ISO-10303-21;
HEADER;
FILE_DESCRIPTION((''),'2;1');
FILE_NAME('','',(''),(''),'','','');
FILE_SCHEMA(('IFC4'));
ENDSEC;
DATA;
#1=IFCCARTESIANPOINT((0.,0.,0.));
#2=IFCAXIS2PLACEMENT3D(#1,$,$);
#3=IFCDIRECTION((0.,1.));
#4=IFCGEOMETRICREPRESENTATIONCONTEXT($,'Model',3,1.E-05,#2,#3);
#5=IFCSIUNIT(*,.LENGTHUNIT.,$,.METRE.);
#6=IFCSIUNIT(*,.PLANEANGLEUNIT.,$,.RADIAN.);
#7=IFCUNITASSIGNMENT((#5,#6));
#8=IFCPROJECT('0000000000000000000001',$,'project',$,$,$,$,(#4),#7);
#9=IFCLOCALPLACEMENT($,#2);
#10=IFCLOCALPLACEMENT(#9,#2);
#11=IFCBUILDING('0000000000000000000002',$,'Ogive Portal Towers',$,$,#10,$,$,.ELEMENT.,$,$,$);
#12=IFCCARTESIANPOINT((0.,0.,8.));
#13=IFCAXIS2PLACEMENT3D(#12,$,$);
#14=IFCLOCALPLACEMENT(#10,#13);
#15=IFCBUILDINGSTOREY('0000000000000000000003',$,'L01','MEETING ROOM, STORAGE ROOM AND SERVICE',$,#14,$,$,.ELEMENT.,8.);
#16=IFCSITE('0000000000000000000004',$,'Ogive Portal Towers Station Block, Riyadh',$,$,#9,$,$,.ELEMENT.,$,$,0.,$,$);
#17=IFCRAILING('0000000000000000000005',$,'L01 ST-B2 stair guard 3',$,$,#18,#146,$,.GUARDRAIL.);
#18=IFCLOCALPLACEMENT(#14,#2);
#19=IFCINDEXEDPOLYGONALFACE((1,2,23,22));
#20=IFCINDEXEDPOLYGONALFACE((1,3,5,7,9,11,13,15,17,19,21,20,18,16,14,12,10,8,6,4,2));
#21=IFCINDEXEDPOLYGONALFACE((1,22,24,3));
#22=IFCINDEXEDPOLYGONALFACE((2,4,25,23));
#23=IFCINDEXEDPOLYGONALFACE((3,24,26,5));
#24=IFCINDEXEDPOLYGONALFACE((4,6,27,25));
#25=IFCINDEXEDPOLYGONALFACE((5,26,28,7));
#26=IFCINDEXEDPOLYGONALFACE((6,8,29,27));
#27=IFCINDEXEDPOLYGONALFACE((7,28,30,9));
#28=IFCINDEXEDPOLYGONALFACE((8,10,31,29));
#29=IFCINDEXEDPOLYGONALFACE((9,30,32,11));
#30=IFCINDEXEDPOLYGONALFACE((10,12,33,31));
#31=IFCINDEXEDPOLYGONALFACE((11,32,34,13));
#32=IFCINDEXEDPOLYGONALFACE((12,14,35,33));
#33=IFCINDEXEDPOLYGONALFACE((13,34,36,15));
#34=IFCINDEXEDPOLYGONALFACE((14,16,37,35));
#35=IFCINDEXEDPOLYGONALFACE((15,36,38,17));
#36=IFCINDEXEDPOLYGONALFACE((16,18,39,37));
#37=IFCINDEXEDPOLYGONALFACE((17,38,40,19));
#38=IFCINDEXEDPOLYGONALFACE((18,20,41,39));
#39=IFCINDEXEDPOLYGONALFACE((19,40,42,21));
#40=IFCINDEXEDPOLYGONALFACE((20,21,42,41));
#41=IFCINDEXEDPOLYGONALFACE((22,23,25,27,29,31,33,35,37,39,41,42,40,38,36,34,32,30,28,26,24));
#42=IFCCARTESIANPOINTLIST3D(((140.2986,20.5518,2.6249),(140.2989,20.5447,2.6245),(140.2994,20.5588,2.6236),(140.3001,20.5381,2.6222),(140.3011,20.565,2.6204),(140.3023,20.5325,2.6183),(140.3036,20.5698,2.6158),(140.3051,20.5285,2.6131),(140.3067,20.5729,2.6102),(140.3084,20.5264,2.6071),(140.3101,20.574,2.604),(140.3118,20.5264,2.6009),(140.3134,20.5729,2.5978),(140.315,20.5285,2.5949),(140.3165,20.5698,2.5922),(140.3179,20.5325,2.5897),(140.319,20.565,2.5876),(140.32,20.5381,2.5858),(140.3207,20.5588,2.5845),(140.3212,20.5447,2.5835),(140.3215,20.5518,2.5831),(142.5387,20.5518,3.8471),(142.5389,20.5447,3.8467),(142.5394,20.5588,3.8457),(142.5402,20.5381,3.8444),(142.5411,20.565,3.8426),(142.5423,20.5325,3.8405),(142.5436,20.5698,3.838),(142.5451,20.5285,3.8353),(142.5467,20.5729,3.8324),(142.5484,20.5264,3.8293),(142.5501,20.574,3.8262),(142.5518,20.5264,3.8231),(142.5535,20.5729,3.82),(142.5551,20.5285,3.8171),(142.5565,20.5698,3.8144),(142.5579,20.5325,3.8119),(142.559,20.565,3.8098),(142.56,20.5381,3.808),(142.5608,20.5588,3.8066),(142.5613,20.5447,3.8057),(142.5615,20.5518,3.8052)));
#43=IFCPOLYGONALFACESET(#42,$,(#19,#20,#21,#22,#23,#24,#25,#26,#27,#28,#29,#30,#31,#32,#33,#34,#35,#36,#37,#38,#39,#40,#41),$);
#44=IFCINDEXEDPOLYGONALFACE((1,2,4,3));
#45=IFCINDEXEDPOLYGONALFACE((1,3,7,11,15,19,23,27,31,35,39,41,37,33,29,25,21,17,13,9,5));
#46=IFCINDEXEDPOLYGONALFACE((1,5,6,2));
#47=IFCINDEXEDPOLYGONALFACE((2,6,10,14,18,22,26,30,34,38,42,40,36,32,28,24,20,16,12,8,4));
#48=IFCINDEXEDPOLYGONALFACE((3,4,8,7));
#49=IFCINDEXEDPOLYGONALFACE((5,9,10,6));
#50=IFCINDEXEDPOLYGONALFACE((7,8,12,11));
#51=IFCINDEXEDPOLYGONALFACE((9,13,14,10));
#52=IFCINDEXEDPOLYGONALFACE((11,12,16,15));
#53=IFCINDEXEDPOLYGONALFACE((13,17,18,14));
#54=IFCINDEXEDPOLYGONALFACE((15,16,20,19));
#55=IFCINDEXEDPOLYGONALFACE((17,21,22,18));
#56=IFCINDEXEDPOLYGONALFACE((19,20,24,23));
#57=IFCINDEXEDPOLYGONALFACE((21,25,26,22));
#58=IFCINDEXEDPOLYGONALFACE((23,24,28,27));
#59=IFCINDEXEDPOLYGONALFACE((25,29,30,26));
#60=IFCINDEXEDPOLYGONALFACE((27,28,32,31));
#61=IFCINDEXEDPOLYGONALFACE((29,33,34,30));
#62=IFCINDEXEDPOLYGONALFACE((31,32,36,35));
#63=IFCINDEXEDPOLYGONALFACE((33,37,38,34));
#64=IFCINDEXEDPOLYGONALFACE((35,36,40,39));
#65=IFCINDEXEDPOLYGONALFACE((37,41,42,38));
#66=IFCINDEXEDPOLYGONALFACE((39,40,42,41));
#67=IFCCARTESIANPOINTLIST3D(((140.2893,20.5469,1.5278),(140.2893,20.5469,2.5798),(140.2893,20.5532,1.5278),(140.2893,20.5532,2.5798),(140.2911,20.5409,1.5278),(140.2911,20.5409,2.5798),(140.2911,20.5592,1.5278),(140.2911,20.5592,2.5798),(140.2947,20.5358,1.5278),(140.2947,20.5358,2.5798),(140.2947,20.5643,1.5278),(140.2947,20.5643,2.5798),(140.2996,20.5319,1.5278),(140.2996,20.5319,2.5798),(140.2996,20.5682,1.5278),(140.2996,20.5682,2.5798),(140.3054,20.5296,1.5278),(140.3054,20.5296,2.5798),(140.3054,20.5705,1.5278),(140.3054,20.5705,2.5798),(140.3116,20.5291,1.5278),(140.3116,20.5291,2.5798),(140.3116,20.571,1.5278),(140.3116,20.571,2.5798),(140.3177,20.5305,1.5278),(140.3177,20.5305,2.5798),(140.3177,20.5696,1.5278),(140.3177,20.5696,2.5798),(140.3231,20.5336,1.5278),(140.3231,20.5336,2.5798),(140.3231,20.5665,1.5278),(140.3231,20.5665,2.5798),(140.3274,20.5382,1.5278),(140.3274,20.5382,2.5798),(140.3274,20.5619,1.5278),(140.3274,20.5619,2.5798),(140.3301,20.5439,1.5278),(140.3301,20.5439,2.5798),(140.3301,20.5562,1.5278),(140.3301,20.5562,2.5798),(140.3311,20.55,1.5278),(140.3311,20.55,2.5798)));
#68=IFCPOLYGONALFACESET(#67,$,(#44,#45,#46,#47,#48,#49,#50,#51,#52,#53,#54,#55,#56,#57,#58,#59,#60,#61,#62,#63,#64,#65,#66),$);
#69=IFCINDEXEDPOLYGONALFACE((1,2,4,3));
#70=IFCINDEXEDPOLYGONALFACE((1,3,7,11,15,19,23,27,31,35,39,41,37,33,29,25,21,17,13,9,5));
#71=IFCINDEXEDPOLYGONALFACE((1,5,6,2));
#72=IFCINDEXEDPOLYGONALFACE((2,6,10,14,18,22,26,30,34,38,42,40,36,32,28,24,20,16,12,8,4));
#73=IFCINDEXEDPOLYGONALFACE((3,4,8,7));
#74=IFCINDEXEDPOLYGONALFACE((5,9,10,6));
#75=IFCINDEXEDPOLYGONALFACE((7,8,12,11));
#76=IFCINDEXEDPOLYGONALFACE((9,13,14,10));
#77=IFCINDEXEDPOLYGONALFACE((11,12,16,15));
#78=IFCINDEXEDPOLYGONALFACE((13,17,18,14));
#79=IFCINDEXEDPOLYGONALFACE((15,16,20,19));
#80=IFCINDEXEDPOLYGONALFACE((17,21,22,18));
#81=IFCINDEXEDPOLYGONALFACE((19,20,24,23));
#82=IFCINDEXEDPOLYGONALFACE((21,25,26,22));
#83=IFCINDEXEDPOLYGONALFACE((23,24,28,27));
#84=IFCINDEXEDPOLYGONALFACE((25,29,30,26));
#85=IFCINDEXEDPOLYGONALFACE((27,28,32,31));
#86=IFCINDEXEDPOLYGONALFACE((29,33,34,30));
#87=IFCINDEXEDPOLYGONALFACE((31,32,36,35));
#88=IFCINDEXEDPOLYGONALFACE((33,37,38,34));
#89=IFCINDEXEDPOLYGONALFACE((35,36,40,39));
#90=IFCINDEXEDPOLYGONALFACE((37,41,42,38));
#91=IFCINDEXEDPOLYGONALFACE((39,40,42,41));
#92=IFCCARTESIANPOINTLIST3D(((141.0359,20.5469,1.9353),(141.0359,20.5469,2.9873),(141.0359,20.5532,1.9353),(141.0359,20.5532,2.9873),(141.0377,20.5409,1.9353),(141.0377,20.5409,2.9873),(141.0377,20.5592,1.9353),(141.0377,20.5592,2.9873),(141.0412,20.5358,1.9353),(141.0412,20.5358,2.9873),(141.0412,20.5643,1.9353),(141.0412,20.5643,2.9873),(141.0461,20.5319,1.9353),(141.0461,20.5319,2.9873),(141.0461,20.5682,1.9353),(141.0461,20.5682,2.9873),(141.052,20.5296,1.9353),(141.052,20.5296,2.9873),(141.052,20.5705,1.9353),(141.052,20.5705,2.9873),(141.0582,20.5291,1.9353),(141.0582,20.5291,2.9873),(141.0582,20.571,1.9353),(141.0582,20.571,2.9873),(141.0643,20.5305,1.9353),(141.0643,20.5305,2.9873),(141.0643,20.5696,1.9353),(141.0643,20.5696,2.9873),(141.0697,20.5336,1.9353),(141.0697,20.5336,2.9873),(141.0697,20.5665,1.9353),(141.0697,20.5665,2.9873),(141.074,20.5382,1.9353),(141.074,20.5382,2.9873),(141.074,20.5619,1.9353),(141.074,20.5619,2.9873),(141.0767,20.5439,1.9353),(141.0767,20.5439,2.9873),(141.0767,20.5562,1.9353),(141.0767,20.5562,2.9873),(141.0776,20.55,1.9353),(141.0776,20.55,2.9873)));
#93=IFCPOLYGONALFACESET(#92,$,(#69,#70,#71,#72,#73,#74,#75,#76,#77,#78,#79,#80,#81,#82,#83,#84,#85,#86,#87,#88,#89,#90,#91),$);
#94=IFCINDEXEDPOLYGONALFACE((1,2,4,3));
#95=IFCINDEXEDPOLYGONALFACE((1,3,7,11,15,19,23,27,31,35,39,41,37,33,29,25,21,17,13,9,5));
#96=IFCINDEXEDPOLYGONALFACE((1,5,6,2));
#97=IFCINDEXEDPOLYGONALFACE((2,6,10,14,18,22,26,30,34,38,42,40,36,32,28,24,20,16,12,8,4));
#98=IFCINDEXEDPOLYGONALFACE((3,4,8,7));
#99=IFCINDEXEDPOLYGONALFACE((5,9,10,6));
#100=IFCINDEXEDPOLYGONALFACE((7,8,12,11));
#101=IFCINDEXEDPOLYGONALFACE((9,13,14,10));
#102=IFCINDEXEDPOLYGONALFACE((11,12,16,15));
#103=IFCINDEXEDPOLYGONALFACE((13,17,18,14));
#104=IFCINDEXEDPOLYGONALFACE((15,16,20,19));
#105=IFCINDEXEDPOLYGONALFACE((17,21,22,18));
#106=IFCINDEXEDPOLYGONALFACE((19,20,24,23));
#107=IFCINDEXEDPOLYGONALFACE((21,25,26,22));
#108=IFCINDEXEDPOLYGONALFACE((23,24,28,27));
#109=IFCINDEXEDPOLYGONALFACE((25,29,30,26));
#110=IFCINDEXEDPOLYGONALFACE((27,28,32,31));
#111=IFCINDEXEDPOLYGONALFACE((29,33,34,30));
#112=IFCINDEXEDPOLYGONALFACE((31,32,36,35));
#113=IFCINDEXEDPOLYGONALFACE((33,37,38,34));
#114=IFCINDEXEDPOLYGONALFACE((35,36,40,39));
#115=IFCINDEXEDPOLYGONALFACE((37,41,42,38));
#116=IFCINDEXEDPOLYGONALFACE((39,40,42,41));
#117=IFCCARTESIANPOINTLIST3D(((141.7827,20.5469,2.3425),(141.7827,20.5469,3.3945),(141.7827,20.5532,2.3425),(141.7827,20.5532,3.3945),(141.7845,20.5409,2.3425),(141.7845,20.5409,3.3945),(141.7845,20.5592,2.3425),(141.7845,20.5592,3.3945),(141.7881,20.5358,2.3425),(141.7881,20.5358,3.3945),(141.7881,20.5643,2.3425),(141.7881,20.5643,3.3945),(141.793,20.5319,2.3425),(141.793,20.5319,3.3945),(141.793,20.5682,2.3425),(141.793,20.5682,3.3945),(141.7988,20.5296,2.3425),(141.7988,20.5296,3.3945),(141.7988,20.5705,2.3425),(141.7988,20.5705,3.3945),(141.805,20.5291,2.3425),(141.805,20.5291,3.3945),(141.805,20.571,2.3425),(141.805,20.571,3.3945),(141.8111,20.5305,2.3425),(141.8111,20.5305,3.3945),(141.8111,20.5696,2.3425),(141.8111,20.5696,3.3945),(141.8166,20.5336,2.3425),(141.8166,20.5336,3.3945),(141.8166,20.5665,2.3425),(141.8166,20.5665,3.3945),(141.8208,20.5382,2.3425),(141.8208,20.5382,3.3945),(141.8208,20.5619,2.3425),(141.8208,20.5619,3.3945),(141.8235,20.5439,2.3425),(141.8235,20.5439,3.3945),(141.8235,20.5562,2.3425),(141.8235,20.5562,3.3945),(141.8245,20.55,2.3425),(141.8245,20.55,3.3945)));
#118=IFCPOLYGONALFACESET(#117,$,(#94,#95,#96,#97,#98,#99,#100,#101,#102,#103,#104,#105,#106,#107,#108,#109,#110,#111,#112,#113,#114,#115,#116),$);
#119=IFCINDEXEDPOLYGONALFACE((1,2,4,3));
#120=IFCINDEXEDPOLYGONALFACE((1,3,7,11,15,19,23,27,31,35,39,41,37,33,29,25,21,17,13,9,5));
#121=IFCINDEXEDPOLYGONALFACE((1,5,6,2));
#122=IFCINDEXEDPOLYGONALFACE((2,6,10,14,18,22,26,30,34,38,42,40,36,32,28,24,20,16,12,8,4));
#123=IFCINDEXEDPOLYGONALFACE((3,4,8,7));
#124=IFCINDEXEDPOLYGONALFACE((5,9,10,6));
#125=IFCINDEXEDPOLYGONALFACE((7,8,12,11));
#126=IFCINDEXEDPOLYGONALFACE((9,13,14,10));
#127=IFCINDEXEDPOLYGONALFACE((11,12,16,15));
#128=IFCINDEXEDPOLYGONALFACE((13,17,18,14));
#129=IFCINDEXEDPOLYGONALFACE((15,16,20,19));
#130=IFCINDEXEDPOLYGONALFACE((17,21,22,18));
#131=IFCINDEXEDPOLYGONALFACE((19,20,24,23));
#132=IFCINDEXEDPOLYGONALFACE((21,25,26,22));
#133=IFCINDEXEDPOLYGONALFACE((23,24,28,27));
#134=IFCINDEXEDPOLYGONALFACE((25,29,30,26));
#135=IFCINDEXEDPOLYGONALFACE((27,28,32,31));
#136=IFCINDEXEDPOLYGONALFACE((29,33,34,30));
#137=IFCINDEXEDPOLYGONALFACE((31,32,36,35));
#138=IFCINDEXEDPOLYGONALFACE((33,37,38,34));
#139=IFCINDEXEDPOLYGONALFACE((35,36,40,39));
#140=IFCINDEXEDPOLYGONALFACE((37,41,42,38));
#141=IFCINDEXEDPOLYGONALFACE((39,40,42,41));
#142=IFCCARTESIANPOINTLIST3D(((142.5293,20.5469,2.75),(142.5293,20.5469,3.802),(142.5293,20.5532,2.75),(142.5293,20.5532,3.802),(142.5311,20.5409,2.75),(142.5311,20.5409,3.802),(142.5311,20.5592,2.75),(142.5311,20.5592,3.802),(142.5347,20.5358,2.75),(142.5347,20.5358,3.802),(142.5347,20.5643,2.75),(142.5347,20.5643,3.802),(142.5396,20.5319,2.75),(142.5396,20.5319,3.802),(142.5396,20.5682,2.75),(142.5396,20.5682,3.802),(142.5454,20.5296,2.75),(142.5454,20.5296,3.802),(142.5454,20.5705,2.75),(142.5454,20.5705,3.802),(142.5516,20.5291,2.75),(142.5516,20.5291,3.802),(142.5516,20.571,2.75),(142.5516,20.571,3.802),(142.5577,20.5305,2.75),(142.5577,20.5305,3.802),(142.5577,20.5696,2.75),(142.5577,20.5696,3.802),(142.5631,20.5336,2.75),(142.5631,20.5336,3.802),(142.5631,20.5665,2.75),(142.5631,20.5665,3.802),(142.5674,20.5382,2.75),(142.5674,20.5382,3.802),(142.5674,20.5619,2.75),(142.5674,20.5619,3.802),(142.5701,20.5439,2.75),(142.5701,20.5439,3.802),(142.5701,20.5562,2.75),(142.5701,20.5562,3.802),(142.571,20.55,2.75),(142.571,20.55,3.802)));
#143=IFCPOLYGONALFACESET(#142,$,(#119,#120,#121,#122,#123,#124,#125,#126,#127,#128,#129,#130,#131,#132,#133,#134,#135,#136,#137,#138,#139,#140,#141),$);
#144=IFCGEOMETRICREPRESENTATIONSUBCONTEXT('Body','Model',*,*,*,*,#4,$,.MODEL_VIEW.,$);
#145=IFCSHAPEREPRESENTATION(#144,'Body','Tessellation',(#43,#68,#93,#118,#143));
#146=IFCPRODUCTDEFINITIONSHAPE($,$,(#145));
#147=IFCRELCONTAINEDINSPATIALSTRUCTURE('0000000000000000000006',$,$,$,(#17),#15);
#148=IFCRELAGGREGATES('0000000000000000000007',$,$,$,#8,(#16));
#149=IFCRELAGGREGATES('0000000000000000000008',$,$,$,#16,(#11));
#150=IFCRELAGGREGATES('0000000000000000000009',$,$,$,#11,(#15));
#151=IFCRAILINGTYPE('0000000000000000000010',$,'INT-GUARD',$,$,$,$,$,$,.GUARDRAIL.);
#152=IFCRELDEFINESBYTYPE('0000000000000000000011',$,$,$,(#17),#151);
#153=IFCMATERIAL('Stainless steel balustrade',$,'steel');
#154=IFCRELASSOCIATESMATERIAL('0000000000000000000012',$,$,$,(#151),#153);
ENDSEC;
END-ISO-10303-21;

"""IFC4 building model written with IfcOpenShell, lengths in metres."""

from ifc_helpers import new_model, si_unit, direction, frame, origin, origin_2d, place, context, subcontext, project, spatial, circle, extrude, material, type_object, element, save


model = new_model("IFC4")

# Units and contexts
model_context = context("Model", 3, precision=1e-05, world=origin(), true_north=direction((0.0, 1.0)))
body_context = subcontext(model_context, "Body", "Model", "MODEL_VIEW")
ifc_project = project(units=[si_unit("LENGTHUNIT", "METRE"), si_unit("PLANEANGLEUNIT", "RADIAN")], contexts=[model_context])

# Site, building, storey
site_placement = place(None, origin())
site = spatial("IfcSite", under=ifc_project, at=site_placement, Name="Ogive Portal Towers Station Block, Riyadh", CompositionType="ELEMENT", RefElevation=0.0)
building_placement = place(site_placement, origin())
building = spatial("IfcBuilding", under=site, at=building_placement, Name="Ogive Portal Towers", CompositionType="ELEMENT")
storey_placement = place(building_placement, frame((0.0, 0.0, 8.0)))
storey = spatial("IfcBuildingStorey", under=building, at=storey_placement, Name="L01", Description="MEETING ROOM, STORAGE ROOM AND SERVICE", CompositionType="ELEMENT", Elevation=8.0)

# Railing
ifc_material_1 = material(Name="Stainless steel balustrade", Category="steel")
railing_type_1 = type_object("IfcRailingType", Name="INT-GUARD", PredefinedType="GUARDRAIL", material=ifc_material_1)
for number, where, name in (
    (1, (140.3101, 20.55, 1.5278), "L01 ST-B2 stair guard 3"),
):
    element("IfcRailing", number, at=place(storey_placement, frame(where)), inside=storey, type_object=railing_type_1, Name=name, PredefinedType="GUARDRAIL", context=body_context, shape_type="SweptSolid", body=[
        extrude(circle(Radius=0.0239, at=origin_2d()), frame((0.0, 0.0, 1.0762), z_axis=(0.877837, 0.0, 0.478959), x_axis=(0.0, 1.0, 0.0)), (0.0, 0.0, 1.0), 2.5518),
        extrude(circle(Radius=0.021, at=origin_2d()), origin(), (0.0, 0.0, 1.0), 1.052),
        extrude(circle(Radius=0.021, at=origin_2d()), frame((0.7466, 0.0, 0.4075)), (0.0, 0.0, 1.0), 1.052),
        extrude(circle(Radius=0.021, at=origin_2d()), frame((1.4934, 0.0, 0.8147)), (0.0, 0.0, 1.0), 1.052),
        extrude(circle(Radius=0.021, at=origin_2d()), frame((2.24, 0.0, 1.2222)), (0.0, 0.0, 1.0), 1.052),
    ])

save(model, "model.ifc")
